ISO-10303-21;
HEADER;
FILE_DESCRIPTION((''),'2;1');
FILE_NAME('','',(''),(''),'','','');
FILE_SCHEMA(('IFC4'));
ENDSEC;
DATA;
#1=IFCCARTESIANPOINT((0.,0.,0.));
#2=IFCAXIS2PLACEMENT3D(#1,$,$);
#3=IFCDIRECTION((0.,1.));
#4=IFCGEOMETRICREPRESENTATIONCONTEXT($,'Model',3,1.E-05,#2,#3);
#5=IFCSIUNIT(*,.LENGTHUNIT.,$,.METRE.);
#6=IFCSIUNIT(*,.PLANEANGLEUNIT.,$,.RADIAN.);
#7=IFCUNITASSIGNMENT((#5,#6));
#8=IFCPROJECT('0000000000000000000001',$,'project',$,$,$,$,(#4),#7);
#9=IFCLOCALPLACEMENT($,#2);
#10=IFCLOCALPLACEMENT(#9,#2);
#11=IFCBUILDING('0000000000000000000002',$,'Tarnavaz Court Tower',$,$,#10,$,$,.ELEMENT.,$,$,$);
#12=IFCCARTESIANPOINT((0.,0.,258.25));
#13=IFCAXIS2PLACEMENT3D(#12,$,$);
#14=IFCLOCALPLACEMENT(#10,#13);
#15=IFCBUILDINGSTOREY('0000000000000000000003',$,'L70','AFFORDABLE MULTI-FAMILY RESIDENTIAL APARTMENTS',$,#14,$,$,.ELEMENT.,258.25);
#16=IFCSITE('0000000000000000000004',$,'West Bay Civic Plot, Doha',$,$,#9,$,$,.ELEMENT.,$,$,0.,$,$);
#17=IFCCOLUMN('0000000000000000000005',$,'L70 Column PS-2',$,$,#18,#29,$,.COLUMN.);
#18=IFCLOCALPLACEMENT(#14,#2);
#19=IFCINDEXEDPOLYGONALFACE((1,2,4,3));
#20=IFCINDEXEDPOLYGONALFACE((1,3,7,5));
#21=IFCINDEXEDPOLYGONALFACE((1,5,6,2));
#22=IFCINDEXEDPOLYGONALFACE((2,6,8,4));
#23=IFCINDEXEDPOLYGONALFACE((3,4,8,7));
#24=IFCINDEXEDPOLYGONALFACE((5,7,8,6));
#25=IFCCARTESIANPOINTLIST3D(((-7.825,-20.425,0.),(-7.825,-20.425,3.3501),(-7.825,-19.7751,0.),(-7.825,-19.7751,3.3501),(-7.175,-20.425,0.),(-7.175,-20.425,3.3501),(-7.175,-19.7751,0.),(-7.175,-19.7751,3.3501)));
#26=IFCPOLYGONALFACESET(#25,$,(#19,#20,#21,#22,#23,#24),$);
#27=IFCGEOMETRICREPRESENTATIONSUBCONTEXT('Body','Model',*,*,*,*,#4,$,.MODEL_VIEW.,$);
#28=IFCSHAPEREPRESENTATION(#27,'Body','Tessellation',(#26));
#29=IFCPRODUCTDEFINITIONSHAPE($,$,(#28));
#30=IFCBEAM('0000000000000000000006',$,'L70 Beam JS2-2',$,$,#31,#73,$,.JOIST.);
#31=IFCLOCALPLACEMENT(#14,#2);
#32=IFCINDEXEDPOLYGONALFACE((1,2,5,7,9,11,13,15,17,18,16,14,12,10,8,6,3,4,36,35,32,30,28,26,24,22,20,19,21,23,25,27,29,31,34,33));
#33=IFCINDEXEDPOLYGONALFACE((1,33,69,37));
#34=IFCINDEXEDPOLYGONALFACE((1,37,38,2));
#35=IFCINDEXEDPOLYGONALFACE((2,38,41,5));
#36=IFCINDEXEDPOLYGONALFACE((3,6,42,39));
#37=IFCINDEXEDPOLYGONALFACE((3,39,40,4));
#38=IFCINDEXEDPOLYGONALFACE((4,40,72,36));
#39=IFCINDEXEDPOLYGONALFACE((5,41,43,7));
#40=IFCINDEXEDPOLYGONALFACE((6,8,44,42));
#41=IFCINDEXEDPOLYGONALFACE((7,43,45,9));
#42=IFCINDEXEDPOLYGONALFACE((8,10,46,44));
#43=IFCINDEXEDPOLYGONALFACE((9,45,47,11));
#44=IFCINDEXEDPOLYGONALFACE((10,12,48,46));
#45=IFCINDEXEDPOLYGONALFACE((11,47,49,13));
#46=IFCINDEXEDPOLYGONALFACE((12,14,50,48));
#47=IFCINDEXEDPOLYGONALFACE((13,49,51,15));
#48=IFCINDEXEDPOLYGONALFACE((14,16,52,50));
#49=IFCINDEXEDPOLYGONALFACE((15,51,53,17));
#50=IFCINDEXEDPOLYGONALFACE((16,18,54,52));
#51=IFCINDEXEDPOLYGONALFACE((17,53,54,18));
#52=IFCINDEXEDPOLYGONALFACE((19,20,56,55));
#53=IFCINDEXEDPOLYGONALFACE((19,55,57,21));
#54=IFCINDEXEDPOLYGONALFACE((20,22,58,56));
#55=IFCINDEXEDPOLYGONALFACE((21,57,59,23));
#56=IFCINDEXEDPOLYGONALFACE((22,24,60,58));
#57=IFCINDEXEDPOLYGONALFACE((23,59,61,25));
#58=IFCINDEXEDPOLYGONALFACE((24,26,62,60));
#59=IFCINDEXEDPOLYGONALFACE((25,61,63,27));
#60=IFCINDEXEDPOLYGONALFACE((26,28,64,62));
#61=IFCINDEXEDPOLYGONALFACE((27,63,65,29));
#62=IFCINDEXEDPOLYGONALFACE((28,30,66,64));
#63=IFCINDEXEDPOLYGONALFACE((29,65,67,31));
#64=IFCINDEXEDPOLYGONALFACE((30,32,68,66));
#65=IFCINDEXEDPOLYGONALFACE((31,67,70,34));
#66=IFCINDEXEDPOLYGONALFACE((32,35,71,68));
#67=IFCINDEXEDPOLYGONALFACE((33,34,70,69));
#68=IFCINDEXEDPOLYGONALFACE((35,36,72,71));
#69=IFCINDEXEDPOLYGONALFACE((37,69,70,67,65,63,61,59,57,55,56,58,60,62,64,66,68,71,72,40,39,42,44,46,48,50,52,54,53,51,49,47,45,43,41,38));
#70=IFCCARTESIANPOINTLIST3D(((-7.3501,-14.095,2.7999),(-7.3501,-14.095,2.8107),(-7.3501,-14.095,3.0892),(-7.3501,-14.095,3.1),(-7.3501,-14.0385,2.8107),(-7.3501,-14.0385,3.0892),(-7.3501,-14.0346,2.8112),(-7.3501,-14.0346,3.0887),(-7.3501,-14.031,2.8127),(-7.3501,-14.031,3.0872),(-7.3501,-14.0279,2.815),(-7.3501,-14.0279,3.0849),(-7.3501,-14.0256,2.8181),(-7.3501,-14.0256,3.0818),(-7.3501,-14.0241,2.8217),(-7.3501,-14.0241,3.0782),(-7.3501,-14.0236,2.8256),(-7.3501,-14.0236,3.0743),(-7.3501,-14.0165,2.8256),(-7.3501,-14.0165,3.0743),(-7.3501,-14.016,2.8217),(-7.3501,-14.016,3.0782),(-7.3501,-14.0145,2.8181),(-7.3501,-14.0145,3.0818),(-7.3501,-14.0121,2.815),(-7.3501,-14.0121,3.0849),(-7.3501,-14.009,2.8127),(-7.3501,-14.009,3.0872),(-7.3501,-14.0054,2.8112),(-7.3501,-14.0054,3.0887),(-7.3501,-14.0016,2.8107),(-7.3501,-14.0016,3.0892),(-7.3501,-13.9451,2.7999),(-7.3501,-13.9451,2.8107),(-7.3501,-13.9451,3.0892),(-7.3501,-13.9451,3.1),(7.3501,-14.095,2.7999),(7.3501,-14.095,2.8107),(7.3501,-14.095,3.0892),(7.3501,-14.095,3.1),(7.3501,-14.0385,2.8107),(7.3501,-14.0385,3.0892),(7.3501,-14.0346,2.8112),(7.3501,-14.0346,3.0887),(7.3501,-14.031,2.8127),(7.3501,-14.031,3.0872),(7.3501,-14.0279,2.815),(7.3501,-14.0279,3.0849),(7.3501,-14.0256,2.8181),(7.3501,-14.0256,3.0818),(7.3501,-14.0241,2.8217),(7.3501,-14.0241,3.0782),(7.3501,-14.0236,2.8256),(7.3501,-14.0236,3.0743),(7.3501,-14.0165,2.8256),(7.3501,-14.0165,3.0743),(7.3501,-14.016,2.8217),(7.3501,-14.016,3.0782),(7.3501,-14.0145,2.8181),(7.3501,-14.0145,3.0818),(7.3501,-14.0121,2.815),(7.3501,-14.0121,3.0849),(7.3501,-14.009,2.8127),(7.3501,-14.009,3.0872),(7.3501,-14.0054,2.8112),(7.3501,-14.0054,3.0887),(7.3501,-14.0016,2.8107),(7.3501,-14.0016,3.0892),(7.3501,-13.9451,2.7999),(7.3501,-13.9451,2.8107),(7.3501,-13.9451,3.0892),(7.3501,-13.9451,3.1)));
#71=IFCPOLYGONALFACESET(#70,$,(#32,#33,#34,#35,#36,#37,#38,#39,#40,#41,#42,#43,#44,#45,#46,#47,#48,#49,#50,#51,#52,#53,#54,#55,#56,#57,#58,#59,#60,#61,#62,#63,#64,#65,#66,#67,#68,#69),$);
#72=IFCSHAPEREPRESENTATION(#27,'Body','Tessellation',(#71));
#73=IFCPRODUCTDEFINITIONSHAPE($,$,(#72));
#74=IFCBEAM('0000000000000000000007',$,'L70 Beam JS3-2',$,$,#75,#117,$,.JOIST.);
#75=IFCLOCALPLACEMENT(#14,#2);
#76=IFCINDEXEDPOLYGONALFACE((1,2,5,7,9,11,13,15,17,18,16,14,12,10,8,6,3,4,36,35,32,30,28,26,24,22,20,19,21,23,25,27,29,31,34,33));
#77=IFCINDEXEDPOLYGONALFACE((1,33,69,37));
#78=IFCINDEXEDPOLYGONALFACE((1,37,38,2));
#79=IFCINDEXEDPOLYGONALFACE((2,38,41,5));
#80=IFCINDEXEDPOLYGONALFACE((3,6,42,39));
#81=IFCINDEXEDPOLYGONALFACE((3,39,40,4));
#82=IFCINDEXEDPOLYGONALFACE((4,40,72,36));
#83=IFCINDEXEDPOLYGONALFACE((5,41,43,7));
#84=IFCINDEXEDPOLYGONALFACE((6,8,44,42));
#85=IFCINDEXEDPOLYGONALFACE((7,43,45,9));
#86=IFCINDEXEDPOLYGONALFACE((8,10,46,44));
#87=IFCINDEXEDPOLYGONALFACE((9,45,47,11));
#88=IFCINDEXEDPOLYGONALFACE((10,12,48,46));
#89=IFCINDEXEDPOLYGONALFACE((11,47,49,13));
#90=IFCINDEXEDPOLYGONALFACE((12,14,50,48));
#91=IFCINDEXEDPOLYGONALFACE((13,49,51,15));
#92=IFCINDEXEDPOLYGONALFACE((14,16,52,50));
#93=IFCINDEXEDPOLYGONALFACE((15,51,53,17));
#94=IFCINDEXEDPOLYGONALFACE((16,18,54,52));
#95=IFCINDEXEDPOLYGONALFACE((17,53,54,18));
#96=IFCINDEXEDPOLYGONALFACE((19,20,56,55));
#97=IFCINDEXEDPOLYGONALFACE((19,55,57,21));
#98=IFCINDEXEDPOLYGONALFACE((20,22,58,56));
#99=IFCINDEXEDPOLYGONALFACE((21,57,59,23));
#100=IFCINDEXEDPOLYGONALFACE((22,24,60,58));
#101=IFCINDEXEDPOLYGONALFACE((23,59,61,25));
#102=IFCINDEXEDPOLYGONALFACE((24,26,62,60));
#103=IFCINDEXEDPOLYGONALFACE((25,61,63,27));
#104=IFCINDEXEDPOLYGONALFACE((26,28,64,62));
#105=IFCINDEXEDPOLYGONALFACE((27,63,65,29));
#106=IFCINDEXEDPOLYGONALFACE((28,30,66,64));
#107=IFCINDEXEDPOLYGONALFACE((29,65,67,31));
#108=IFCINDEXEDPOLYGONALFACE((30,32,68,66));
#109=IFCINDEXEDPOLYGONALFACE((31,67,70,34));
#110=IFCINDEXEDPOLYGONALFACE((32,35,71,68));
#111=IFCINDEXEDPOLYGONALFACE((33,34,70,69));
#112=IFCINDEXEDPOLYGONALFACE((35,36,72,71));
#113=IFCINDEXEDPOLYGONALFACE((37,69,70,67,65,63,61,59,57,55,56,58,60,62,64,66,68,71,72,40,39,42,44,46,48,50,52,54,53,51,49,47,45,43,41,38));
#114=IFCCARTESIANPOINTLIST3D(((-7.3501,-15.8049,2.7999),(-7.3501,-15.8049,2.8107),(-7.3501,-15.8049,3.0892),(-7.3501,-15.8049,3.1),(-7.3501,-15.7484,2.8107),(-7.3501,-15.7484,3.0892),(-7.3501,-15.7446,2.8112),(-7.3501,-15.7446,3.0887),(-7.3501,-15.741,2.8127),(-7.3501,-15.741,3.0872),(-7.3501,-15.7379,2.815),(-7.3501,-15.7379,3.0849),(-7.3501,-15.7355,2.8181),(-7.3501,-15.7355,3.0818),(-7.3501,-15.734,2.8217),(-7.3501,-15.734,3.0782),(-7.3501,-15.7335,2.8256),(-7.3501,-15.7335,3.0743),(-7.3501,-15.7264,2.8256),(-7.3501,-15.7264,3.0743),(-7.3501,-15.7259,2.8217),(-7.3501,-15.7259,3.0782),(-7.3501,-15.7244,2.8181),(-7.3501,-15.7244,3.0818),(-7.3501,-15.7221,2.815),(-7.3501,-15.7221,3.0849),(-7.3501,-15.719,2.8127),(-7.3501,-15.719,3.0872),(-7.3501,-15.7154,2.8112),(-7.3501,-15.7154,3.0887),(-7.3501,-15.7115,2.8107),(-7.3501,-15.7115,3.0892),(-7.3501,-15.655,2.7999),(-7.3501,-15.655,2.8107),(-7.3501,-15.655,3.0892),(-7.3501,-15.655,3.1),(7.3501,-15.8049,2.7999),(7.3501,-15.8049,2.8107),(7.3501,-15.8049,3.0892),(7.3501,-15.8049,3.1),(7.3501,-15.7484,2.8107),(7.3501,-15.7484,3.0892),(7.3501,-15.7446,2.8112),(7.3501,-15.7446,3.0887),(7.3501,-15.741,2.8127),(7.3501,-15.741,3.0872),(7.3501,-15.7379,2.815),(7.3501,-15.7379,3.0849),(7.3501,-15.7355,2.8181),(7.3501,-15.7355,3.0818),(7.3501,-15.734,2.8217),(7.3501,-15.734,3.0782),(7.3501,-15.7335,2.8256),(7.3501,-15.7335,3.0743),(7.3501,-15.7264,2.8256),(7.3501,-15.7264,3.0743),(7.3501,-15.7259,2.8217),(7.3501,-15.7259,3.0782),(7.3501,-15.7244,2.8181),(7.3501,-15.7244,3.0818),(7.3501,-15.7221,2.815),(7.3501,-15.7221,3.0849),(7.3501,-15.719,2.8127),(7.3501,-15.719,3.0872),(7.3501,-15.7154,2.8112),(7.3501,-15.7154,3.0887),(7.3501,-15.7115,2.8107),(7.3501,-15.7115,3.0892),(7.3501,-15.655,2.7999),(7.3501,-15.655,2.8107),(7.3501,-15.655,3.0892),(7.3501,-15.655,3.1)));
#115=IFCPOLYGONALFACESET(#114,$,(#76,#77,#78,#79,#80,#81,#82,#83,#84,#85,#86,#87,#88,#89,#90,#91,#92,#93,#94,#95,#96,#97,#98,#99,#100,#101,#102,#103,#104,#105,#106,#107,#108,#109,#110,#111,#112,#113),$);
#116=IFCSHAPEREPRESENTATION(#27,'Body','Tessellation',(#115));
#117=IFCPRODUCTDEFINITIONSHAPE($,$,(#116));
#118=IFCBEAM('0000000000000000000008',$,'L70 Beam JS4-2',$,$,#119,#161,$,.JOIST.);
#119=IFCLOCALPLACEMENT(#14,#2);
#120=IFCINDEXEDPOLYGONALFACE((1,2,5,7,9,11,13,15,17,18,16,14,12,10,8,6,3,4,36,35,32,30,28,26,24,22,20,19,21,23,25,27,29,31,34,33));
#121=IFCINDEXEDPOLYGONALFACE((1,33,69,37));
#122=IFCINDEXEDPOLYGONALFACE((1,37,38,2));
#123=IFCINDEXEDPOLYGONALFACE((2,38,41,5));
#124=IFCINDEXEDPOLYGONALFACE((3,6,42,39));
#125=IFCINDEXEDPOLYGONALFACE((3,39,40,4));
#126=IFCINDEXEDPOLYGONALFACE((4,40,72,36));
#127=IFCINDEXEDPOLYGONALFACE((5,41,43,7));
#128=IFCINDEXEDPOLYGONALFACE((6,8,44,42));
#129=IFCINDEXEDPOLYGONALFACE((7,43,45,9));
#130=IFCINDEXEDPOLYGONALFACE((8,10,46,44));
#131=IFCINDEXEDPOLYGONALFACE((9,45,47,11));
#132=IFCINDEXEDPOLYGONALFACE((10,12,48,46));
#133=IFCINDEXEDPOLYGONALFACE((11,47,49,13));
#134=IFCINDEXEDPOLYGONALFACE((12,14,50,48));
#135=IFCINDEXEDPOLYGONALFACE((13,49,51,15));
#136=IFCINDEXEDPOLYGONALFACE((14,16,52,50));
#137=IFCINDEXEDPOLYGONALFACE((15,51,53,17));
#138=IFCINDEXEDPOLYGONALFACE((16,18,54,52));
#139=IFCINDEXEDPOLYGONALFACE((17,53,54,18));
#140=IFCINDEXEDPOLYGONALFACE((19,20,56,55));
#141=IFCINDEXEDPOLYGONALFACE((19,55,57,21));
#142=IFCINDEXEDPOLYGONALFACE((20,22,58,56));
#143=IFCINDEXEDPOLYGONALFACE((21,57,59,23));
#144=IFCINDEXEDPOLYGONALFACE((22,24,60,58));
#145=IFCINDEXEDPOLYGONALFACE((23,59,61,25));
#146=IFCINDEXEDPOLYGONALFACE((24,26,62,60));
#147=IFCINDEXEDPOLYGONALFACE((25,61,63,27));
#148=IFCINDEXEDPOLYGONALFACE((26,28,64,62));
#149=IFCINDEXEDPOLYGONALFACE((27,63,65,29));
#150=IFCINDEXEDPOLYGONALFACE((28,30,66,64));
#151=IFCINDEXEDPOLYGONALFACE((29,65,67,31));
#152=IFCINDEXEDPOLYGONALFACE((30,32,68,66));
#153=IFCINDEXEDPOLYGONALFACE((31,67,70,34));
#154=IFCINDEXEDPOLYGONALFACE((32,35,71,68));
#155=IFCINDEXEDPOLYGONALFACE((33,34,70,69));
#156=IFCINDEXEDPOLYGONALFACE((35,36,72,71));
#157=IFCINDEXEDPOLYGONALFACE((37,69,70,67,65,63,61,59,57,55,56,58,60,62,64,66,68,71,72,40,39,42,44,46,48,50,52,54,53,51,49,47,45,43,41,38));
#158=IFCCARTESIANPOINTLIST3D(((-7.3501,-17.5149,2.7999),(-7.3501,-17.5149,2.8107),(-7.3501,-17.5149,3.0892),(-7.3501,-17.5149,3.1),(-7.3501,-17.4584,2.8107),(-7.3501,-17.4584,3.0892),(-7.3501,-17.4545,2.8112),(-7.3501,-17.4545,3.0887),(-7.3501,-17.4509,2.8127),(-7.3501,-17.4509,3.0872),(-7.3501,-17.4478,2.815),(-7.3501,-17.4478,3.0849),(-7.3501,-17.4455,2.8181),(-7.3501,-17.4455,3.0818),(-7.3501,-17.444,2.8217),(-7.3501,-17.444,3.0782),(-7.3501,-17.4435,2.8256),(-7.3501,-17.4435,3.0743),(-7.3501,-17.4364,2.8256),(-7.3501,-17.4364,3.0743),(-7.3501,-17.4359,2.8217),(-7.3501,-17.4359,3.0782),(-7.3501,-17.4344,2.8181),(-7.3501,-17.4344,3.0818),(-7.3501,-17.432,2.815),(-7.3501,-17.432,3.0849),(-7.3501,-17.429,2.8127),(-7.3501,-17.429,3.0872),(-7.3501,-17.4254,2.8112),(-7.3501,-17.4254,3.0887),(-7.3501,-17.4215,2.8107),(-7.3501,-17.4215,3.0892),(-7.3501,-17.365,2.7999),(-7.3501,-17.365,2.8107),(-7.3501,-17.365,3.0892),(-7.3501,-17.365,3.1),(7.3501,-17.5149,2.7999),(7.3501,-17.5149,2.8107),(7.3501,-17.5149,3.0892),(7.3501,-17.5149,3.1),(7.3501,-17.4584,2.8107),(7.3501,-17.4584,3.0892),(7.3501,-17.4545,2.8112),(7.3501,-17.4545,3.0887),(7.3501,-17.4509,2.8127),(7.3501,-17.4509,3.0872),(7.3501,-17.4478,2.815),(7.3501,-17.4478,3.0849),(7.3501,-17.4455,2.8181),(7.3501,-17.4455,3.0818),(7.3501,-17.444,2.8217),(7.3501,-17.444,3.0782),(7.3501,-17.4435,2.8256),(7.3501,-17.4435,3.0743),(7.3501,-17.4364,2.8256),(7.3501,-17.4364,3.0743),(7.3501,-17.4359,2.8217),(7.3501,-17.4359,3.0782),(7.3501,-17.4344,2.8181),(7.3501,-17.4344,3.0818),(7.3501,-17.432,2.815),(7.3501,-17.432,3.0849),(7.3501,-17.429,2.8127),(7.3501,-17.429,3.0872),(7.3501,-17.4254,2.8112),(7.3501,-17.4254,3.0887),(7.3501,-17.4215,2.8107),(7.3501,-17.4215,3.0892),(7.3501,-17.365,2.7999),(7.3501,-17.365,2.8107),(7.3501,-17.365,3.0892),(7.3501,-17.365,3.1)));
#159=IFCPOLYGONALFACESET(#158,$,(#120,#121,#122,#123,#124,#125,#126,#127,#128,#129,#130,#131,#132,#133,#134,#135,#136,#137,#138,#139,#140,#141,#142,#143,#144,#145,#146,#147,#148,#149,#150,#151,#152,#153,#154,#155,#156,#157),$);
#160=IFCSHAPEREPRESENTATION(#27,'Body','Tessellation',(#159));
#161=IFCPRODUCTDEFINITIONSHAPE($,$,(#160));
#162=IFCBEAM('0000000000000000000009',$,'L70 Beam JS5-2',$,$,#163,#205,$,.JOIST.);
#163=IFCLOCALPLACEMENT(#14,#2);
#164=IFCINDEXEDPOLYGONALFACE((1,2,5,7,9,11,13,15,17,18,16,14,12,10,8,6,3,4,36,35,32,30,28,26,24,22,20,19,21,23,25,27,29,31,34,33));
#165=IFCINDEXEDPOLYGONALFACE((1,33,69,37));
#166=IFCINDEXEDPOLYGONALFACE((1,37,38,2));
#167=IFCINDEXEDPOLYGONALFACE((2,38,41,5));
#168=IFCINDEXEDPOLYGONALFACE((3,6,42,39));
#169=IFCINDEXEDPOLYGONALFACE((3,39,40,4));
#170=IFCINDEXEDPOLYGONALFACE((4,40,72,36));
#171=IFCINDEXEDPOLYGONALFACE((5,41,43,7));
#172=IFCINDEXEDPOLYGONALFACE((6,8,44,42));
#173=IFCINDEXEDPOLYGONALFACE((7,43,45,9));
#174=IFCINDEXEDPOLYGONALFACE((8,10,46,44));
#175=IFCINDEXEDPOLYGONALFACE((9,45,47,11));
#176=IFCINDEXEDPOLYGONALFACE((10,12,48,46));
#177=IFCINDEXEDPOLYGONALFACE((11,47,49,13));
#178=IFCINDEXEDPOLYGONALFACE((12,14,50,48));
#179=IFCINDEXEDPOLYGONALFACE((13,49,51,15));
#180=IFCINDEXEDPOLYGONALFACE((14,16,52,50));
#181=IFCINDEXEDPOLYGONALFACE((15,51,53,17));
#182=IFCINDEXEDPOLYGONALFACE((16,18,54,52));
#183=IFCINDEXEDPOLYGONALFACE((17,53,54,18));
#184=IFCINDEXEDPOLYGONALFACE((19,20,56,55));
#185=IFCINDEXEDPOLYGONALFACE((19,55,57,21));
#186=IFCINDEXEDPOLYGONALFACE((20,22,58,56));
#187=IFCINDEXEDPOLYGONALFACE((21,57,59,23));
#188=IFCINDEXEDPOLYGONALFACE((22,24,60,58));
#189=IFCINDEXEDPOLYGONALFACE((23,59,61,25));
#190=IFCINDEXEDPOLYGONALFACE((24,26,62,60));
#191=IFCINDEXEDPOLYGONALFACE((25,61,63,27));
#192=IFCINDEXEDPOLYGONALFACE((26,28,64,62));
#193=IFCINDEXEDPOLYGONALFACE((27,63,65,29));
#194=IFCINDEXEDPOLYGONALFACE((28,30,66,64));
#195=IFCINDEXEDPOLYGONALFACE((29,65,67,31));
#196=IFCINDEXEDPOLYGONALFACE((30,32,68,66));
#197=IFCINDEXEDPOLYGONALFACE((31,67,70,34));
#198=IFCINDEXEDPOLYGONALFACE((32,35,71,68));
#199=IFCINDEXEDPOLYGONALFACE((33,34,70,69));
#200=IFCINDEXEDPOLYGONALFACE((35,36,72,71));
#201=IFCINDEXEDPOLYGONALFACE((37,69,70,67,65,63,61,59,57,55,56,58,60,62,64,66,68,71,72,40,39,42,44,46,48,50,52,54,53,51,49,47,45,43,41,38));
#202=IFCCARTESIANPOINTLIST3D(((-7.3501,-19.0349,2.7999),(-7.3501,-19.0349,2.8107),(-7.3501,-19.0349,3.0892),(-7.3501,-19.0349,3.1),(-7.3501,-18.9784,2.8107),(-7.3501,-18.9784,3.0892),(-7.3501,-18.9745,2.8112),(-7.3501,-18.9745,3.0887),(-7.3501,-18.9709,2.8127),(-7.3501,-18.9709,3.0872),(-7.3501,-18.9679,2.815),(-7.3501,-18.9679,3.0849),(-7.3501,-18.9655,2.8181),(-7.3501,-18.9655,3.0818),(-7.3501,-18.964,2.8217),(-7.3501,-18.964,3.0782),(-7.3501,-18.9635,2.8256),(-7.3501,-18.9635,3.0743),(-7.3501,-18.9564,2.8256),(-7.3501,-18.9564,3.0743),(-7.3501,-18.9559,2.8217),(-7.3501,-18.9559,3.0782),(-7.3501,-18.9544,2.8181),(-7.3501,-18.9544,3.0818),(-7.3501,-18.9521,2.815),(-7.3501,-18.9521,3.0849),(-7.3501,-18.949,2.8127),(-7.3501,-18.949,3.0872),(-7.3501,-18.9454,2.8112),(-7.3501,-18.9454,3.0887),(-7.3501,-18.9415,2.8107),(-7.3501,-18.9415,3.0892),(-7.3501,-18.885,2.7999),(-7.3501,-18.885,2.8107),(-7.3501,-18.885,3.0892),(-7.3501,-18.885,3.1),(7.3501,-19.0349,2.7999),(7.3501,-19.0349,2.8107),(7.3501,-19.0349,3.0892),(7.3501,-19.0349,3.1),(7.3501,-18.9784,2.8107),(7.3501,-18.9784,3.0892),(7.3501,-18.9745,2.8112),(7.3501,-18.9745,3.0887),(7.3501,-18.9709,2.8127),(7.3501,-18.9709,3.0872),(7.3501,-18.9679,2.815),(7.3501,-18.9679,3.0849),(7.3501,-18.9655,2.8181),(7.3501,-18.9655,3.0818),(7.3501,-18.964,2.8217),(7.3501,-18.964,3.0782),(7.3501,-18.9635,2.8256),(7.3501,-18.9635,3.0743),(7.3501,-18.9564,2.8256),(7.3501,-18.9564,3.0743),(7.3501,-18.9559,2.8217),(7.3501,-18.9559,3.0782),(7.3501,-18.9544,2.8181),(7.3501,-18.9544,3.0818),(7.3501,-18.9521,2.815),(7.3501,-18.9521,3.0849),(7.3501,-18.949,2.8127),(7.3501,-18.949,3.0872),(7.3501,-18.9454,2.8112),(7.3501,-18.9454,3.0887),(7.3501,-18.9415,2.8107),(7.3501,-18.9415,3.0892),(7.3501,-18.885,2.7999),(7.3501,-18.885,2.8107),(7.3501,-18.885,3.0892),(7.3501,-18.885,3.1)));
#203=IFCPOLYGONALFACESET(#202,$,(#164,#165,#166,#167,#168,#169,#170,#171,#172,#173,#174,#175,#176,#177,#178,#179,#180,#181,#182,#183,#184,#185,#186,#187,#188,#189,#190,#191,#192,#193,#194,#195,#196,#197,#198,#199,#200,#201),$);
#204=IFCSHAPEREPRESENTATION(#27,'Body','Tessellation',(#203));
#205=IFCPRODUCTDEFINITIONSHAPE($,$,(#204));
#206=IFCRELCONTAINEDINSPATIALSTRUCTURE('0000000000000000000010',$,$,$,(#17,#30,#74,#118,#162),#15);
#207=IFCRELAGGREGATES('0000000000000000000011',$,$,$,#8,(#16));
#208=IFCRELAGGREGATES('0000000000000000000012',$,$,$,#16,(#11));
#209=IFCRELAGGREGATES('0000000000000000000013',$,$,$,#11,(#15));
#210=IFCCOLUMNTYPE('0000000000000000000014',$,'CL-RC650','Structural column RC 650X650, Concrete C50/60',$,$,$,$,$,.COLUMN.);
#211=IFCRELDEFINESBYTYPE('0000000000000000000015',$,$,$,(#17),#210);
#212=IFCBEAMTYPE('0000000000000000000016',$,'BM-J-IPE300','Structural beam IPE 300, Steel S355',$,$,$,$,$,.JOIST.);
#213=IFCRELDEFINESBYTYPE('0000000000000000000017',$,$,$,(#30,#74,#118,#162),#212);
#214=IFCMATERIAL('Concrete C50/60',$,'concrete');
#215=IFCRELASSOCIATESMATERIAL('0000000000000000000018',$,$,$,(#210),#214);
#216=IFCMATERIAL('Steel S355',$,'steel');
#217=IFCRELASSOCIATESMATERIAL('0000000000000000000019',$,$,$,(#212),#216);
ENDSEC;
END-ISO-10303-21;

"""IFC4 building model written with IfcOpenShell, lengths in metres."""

from ifc_helpers import new_model, si_unit, direction, frame, origin, origin_2d, place, context, subcontext, project, spatial, rectangle, i_section, extrude, material, material_profile, profile_set, type_object, element, save


model = new_model("IFC4")

# Units and contexts
model_context = context("Model", 3, precision=1e-05, world=origin(), true_north=direction((0.0, 1.0)))
body_context = subcontext(model_context, "Body", "Model", "MODEL_VIEW")
ifc_project = project(units=[si_unit("LENGTHUNIT", "METRE"), si_unit("PLANEANGLEUNIT", "RADIAN")], contexts=[model_context])

# Site, building, storey
site_placement = place(None, origin())
site = spatial("IfcSite", under=ifc_project, at=site_placement, Name="West Bay Civic Plot, Doha", CompositionType="ELEMENT", RefElevation=0.0)
building_placement = place(site_placement, origin())
building = spatial("IfcBuilding", under=site, at=building_placement, Name="Tarnavaz Court Tower", CompositionType="ELEMENT")
storey_placement = place(building_placement, frame((0.0, 0.0, 258.25)))
storey = spatial("IfcBuildingStorey", under=building, at=storey_placement, Name="L70", Description="AFFORDABLE MULTI-FAMILY RESIDENTIAL APARTMENTS", CompositionType="ELEMENT", Elevation=258.25)

# Column
ifc_material_1 = material(Name="Concrete C50/60", Category="concrete")
ifc_material_profile_1 = material_profile(ifc_material_1, rectangle(XDim=0.6499, YDim=0.6499, at=origin_2d()), Name="RC 650X650")
ifc_profile_set_1 = profile_set([ifc_material_profile_1], Name="Concrete C50/60")
column_type = type_object("IfcColumnType", Name="CL-RC650", Description="Structural column RC 650X650, Concrete C50/60", PredefinedType="COLUMN", material=ifc_profile_set_1)
column_placement = place(storey_placement, frame((-7.5, -20.1001, 0.0), z_axis=(0.0, 0.0, 1.0), x_axis=(1.0, 0.0, 0.0)))
element("IfcColumn", 1, at=column_placement, inside=storey, type_object=column_type, Name="L70 Column PS-2", PredefinedType="COLUMN", context=body_context, shape_type="SweptSolid", body=[
    extrude(rectangle(XDim=0.6499, YDim=0.6499, at=origin_2d()), origin(), (0.0, 0.0, 1.0), 3.3501),
])

# Beams
ifc_material_2 = material(Name="Steel S355", Category="steel")
ifc_material_profile_2 = material_profile(ifc_material_2, i_section(OverallWidth=0.1499, OverallDepth=0.3, WebThickness=0.0071, FlangeThickness=0.0107, FilletRadius=0.0149, at=origin_2d()), Name="IPE 300")
ifc_profile_set_2 = profile_set([ifc_material_profile_2], Name="Steel S355")
beam_type_1 = type_object("IfcBeamType", Name="BM-J-IPE300", Description="Structural beam IPE 300, Steel S355", PredefinedType="JOIST", material=ifc_profile_set_2)
for number, where, z_axis, x_axis, name in (
    (2, (-7.3501, -14.02, 2.95), (1.0, 0.0, 0.0), (0.0, 1.0, 0.0), "L70 Beam JS2-2"),
    (3, (-7.3501, -15.73, 2.95), (1.0, 0.0, 0.0), (0.0, 1.0, 0.0), "L70 Beam JS3-2"),
    (4, (-7.3501, -17.4399, 2.95), (1.0, 0.0, 0.0), (0.0, 1.0, 0.0), "L70 Beam JS4-2"),
    (5, (-7.3501, -18.96, 2.95), (1.0, 0.0, 0.0), (0.0, 1.0, 0.0), "L70 Beam JS5-2"),
):
    element("IfcBeam", number, at=place(storey_placement, frame(where, z_axis=z_axis, x_axis=x_axis)), inside=storey, type_object=beam_type_1, Name=name, PredefinedType="JOIST", context=body_context, shape_type="SweptSolid", body=[
        extrude(i_section(OverallWidth=0.1499, OverallDepth=0.3, WebThickness=0.0071, FlangeThickness=0.0107, FilletRadius=0.0149, at=origin_2d()), origin(), (0.0, 0.0, 1.0), 14.7002),
    ])

save(model, "model.ifc")
